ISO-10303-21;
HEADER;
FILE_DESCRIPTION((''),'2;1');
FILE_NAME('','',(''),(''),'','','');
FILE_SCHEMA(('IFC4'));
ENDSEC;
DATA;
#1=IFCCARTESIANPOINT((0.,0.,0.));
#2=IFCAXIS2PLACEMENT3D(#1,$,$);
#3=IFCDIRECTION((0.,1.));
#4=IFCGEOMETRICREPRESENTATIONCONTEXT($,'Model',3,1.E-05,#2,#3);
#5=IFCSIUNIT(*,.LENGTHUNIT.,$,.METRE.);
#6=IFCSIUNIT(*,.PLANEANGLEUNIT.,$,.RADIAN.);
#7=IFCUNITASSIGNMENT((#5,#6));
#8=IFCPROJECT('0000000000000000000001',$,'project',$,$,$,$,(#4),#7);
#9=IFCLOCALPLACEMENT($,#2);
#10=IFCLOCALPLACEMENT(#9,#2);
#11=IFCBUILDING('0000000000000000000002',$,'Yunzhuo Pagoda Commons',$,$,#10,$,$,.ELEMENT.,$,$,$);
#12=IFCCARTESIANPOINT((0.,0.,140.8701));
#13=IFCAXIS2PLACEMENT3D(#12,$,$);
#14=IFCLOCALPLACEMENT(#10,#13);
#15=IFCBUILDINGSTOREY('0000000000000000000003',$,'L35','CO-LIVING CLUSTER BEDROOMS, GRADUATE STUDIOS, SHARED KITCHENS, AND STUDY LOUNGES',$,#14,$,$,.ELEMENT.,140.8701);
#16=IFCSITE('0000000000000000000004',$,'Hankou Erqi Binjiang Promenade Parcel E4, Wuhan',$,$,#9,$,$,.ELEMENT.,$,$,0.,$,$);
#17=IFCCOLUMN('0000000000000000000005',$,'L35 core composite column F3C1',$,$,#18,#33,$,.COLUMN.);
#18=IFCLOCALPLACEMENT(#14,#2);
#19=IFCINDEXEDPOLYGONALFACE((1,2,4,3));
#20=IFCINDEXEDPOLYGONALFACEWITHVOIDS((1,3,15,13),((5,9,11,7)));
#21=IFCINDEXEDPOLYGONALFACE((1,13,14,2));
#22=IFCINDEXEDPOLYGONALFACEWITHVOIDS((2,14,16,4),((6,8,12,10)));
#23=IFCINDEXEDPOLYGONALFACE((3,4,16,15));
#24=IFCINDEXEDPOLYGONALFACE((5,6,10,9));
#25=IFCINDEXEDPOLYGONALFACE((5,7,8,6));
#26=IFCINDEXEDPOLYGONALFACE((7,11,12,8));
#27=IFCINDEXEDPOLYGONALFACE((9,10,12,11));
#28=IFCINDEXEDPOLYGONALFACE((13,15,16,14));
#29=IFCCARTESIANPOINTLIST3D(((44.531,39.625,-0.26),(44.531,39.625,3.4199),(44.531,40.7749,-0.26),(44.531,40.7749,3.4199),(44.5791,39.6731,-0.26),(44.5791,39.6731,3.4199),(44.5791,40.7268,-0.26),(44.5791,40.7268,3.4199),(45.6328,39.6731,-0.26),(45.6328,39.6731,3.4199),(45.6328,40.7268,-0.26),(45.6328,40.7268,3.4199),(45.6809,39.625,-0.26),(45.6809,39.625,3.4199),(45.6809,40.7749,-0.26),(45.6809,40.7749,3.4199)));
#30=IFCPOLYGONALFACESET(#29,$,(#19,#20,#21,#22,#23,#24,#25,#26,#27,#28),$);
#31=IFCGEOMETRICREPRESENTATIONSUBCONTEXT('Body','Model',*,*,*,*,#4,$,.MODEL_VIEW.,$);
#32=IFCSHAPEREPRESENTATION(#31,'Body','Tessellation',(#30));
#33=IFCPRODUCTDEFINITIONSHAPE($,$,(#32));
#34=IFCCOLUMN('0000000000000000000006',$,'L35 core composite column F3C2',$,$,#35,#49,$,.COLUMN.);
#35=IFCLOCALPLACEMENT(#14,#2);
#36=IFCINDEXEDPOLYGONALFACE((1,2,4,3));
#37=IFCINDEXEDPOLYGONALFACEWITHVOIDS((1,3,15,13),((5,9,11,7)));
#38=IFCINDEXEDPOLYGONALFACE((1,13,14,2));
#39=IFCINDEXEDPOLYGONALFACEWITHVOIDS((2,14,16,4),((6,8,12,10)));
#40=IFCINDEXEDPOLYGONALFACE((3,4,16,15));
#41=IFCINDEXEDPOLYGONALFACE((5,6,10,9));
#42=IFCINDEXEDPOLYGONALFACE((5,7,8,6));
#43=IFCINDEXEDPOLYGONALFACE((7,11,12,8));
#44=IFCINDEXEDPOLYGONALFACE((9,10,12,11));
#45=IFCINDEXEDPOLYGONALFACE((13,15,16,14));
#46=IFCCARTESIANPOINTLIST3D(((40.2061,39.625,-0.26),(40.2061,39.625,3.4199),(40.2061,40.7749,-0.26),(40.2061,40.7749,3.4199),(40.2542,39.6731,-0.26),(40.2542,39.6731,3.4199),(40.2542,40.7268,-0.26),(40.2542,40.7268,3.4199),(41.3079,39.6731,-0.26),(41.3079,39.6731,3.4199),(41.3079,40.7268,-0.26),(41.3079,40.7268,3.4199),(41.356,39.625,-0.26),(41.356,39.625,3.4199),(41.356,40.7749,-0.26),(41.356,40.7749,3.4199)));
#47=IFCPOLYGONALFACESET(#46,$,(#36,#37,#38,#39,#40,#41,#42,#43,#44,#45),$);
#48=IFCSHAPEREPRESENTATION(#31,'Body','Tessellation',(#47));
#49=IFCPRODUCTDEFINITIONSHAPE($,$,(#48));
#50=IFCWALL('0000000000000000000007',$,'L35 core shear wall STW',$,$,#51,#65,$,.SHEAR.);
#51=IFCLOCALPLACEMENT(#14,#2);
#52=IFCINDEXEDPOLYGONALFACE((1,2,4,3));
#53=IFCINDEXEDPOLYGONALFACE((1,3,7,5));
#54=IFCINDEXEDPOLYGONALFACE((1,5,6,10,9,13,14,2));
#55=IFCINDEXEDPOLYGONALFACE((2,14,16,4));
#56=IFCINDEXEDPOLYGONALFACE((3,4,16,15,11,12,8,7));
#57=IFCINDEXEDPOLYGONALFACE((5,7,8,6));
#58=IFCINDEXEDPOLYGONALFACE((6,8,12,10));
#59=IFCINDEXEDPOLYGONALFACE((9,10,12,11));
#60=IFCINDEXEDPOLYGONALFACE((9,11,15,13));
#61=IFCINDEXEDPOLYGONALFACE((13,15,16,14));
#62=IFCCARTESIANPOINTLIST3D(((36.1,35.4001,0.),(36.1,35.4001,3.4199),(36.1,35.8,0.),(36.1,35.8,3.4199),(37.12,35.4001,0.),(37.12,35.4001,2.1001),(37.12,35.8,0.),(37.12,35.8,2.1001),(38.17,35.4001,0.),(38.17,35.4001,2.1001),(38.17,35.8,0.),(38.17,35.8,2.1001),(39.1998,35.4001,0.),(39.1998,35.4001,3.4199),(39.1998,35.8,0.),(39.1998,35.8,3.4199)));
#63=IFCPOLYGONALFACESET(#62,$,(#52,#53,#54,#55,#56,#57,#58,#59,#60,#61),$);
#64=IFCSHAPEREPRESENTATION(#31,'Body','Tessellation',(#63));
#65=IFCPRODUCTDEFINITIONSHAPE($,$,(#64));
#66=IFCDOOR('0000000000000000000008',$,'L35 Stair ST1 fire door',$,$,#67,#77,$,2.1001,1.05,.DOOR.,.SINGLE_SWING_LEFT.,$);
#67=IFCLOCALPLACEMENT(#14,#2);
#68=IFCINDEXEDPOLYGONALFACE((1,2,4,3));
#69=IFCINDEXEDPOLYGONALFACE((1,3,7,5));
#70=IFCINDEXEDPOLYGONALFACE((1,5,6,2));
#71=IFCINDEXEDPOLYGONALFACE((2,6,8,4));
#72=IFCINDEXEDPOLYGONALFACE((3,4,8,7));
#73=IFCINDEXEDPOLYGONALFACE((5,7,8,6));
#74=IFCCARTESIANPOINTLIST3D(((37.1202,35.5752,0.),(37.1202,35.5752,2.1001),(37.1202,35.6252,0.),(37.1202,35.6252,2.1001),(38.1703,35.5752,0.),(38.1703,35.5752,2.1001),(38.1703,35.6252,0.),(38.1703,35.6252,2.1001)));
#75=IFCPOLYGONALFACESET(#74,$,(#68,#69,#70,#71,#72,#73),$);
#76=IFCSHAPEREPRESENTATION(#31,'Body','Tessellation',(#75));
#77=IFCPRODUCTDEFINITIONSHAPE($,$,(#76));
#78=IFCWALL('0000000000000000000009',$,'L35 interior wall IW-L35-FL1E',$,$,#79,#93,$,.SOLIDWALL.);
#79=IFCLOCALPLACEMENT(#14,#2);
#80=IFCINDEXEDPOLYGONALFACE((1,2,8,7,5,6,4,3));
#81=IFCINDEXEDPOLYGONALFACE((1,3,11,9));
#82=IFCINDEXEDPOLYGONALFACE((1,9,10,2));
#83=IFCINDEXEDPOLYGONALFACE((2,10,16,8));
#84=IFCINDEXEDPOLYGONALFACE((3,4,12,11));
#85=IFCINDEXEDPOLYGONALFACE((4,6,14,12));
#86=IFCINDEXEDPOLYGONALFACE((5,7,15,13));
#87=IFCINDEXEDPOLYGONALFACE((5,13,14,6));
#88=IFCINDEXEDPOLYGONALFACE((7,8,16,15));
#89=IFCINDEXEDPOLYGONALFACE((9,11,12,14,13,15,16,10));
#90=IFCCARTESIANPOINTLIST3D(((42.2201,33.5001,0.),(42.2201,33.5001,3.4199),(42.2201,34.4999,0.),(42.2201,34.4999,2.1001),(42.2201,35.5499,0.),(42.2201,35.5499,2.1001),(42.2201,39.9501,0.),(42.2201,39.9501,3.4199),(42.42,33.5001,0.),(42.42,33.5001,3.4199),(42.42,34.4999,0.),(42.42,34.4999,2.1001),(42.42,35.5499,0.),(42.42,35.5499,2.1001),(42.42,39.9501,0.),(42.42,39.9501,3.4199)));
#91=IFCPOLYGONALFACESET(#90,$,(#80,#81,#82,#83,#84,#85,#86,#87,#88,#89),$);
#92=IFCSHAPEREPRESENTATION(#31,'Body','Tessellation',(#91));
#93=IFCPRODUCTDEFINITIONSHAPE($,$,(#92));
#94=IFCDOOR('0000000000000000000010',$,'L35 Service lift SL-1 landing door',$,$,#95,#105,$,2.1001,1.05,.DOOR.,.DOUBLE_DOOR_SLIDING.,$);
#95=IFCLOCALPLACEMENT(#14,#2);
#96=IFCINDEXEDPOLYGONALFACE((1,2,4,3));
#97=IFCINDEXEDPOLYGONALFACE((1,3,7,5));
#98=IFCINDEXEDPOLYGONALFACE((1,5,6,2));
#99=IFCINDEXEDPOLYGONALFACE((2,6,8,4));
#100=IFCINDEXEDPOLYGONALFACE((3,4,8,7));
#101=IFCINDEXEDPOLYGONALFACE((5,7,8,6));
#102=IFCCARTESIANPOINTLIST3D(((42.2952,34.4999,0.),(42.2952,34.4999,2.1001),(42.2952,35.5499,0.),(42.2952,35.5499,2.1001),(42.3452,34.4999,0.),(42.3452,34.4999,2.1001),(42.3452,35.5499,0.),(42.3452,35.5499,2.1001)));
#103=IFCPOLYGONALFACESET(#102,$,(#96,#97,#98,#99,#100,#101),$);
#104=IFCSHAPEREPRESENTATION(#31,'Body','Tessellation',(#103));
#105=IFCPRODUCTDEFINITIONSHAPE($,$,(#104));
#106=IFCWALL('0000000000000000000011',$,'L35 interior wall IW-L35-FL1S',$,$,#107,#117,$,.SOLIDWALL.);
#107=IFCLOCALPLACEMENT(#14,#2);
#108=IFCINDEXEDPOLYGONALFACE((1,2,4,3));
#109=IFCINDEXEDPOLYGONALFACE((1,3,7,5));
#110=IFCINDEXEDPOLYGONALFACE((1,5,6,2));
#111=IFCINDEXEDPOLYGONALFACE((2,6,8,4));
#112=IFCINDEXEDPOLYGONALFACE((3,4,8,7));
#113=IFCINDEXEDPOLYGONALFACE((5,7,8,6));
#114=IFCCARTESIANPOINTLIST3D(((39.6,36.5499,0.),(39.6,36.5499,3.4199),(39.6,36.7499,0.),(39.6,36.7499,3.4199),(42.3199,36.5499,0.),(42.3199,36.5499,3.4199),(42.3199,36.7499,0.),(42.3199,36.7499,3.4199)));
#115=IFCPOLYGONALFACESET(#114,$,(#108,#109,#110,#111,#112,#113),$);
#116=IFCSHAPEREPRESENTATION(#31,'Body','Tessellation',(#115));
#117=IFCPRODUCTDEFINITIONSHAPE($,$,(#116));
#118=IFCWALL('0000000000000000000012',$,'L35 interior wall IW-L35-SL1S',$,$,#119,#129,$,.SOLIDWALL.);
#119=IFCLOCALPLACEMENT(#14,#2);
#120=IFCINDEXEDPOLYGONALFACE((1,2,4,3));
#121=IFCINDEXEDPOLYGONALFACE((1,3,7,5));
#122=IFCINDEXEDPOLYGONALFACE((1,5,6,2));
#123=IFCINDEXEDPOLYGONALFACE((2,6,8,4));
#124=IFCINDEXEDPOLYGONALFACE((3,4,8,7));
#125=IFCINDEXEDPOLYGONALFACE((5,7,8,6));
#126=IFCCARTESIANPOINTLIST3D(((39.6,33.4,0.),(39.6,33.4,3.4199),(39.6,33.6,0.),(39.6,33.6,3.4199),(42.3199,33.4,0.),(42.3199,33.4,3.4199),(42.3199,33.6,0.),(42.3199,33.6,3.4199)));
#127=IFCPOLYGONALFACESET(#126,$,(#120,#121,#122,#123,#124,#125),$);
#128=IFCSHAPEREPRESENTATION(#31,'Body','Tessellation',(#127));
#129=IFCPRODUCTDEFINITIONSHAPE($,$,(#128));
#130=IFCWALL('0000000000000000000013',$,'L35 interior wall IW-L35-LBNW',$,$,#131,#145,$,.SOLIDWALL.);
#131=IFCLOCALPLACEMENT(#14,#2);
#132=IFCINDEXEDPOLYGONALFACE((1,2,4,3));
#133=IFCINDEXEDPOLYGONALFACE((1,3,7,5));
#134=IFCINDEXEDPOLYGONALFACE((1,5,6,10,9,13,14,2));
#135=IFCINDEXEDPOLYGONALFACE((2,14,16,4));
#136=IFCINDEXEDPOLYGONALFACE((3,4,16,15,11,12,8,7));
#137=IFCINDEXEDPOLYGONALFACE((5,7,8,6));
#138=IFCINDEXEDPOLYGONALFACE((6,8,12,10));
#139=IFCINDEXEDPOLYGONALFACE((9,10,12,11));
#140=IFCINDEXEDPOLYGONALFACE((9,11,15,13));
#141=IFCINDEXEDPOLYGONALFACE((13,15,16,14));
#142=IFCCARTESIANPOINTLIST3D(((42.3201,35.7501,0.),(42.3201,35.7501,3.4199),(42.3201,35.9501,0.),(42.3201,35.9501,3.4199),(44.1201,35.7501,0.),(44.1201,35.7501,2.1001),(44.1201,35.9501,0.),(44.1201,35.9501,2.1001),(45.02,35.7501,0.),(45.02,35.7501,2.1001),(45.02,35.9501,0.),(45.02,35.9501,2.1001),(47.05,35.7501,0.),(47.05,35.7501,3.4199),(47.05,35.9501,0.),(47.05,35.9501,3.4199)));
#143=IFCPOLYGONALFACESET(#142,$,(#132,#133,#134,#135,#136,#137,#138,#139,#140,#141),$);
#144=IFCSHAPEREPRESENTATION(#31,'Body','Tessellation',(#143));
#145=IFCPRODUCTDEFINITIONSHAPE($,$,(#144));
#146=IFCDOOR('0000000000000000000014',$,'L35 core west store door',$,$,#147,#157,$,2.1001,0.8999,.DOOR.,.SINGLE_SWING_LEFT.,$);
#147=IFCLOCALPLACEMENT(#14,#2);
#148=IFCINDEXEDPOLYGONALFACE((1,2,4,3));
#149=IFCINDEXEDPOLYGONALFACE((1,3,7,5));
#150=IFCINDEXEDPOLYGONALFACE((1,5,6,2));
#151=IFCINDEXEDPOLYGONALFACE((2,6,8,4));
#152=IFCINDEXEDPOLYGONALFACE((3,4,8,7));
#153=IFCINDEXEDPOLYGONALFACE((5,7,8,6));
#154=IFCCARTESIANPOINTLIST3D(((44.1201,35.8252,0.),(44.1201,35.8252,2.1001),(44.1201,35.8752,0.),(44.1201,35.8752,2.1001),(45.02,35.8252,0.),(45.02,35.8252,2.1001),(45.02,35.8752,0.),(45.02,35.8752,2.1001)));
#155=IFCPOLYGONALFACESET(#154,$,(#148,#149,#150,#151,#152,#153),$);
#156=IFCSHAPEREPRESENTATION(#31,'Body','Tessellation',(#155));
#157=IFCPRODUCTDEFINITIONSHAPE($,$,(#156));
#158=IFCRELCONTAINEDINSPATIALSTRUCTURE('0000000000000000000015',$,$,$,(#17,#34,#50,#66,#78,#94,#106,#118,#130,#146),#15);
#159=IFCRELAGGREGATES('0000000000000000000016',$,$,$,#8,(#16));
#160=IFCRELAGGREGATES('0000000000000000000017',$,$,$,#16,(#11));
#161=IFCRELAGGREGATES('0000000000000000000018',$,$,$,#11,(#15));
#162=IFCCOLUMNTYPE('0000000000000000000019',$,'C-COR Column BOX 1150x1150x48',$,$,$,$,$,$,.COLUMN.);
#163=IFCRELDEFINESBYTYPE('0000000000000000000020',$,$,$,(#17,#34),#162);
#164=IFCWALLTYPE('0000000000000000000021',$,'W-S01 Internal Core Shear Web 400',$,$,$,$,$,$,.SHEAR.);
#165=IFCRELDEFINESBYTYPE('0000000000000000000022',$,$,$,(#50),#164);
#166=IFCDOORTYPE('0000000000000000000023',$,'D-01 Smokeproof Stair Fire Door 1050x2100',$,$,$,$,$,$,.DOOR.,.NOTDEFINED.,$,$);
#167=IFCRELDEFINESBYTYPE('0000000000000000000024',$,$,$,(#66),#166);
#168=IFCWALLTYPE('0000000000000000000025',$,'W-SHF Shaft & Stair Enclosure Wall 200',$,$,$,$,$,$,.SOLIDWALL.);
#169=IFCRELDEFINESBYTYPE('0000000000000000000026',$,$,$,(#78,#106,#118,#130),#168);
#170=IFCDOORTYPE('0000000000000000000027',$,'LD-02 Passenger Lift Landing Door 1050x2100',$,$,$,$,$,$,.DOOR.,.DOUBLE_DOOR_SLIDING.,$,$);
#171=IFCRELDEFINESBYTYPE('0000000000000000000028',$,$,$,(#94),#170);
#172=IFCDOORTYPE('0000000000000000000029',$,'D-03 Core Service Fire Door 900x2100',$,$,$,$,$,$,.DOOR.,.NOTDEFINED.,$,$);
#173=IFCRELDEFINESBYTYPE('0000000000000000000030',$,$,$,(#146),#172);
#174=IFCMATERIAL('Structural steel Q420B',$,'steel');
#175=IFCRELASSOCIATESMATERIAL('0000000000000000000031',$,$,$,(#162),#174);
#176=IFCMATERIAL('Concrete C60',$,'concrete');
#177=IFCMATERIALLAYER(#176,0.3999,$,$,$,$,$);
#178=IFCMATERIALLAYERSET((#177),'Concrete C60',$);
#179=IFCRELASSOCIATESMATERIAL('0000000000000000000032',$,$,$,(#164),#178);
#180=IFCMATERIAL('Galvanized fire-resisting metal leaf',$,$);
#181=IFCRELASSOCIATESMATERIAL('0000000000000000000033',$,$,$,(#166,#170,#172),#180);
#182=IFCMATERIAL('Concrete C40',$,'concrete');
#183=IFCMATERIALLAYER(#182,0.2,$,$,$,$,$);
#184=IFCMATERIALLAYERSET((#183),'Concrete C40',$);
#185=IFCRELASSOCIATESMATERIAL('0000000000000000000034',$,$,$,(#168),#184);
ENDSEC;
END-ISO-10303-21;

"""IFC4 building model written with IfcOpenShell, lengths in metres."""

from ifc_helpers import new_model, si_unit, direction, frame, frame_2d, origin, origin_with_axes, origin_2d, place, context, subcontext, project, spatial, rectangle, hollow_rectangle, extrude, source, transform, mapped, material, layer, layer_set, material_profile, profile_set, type_object, element, fill, save


model = new_model("IFC4")

# Units and contexts
model_context = context("Model", 3, precision=1e-05, world=origin(), true_north=direction((0.0, 1.0)))
body_context = subcontext(model_context, "Body", "Model", "MODEL_VIEW")
ifc_project = project(units=[si_unit("LENGTHUNIT", "METRE"), si_unit("PLANEANGLEUNIT", "RADIAN")], contexts=[model_context])

# Site, building, storey
site_placement = place(None, origin())
site = spatial("IfcSite", under=ifc_project, at=site_placement, Name="Hankou Erqi Binjiang Promenade Parcel E4, Wuhan", CompositionType="ELEMENT", RefElevation=0.0)
building_placement = place(site_placement, origin())
building = spatial("IfcBuilding", under=site, at=building_placement, Name="Yunzhuo Pagoda Commons", CompositionType="ELEMENT")
storey_placement = place(building_placement, frame((0.0, 0.0, 140.8701)))
storey = spatial("IfcBuildingStorey", under=building, at=storey_placement, Name="L35", Description="CO-LIVING CLUSTER BEDROOMS, GRADUATE STUDIOS, SHARED KITCHENS, AND STUDY LOUNGES", CompositionType="ELEMENT", Elevation=140.8701)

# Columns
ifc_material_1 = material(Name="Structural steel Q420B", Category="steel")
ifc_material_profile = material_profile(ifc_material_1, hollow_rectangle(XDim=1.1499, YDim=1.1499, WallThickness=0.0481, at=origin_2d()), Name="Structural steel Q420B")
ifc_profile_set = profile_set([ifc_material_profile], Name="Structural steel Q420B")
column_type = type_object("IfcColumnType", Name="C-COR Column BOX 1150x1150x48", PredefinedType="COLUMN", material=ifc_profile_set)
shared_shape_1 = source(origin(), body_context, "Body", "SweptSolid", [
    extrude(hollow_rectangle(XDim=1.1499, YDim=1.1499, WallThickness=0.0481, at=origin_2d()), origin(), (0.0, 0.0, 1.0), 3.6799),
])
for number, where, z_axis, x_axis, name in (
    (1, (45.106, 40.2, -0.26), (0.0, 0.0, 1.0), (1.0, 0.0, 0.0), "L35 core composite column F3C1"),
    (2, (40.781, 40.2, -0.26), (0.0, 0.0, 1.0), (1.0, 0.0, 0.0), "L35 core composite column F3C2"),
):
    element("IfcColumn", number, at=place(storey_placement, frame(where, z_axis=z_axis, x_axis=x_axis)), inside=storey, type_object=column_type, Name=name, PredefinedType="COLUMN", context=body_context, shape_type="MappedRepresentation", body=[
        mapped(shared_shape_1, transform((0.0, 0.0, 0.0), scale=1.0)),
    ])

# Walls, openings, doors
ifc_material_2 = material(Name="Concrete C60", Category="concrete")
ifc_layer_1 = layer(ifc_material_2, 0.3999)
ifc_layer_set_1 = layer_set([ifc_layer_1], Name="Concrete C60")
wall_type_1 = type_object("IfcWallType", Name="W-S01 Internal Core Shear Web 400", PredefinedType="SHEAR", material=ifc_layer_set_1)
wall_1_placement = place(storey_placement, frame((36.1001, 35.6001, 0.0), z_axis=(0.0, 0.0, 1.0), x_axis=(1.0, 0.0, 0.0)))
wall_1 = element("IfcWall", 3, at=wall_1_placement, inside=storey, type_object=wall_type_1, Name="L35 core shear wall STW", PredefinedType="SHEAR", context=body_context, shape_type="SweptSolid", body=[
    extrude(rectangle(XDim=3.0999, YDim=0.3999, at=frame_2d((1.5498, 0.0))), origin(), (0.0, 0.0, 1.0), 3.4199),
])
opening_1_placement = place(wall_1_placement, frame((1.02, 0.0, 0.0)))
opening_1 = element("IfcOpeningElement", 4, at=opening_1_placement, cuts=wall_1, PredefinedType="OPENING", context=body_context, shape_type="SweptSolid", body=[
    extrude(rectangle(XDim=1.05, YDim=2.1001, at=frame_2d((0.5249, 1.05))), frame((0.0, 0.21, 0.0), z_axis=(0.0, -1.0, 0.0), x_axis=(1.0, 0.0, 0.0)), (0.0, 0.0, 1.0), 0.4199),
])
ifc_material_3 = material(Name="Galvanized fire-resisting metal leaf")
door_type_1 = type_object("IfcDoorType", Name="D-01 Smokeproof Stair Fire Door 1050x2100", OperationType="NOTDEFINED", PredefinedType="DOOR", material=ifc_material_3)
shared_shape_2 = source(origin(), body_context, "Body", "SweptSolid", [
    extrude(rectangle(XDim=1.05, YDim=2.1001, at=frame_2d((0.5249, 1.05))), frame((0.0, 0.0249, 0.0), z_axis=(0.0, -1.0, 0.0), x_axis=(1.0, 0.0, 0.0)), (0.0, 0.0, 1.0), 0.05),
])
door_1_placement = place(opening_1_placement, frame((1.05, 0.0, 0.0), z_axis=(0.0, 0.0, 1.0), x_axis=(-1.0, 0.0, 0.0)))
door_1 = element("IfcDoor", 5, at=door_1_placement, inside=storey, type_object=door_type_1, Name="L35 Stair ST1 fire door", OperationType="SINGLE_SWING_LEFT", OverallHeight=2.1001, OverallWidth=1.05, PredefinedType="DOOR", context=body_context, shape_type="MappedRepresentation", body=[
    mapped(shared_shape_2, transform((0.0, 0.0, 0.0), scale=1.0)),
])
fill(opening_1, door_1)
ifc_material_4 = material(Name="Concrete C40", Category="concrete")
ifc_layer_2 = layer(ifc_material_4, 0.2)
ifc_layer_set_2 = layer_set([ifc_layer_2], Name="Concrete C40")
wall_type_2 = type_object("IfcWallType", Name="W-SHF Shaft & Stair Enclosure Wall 200", PredefinedType="SOLIDWALL", material=ifc_layer_set_2)
wall_2_placement = place(storey_placement, frame((42.3201, 33.5, 0.0), z_axis=(0.0, 0.0, 1.0), x_axis=(0.0, 1.0, 0.0)))
wall_2 = element("IfcWall", 6, at=wall_2_placement, inside=storey, type_object=wall_type_2, Name="L35 interior wall IW-L35-FL1E", PredefinedType="SOLIDWALL", context=body_context, shape_type="SweptSolid", body=[
    extrude(rectangle(XDim=6.45, YDim=0.2, at=frame_2d((3.2251, 0.0))), origin(), (0.0, 0.0, 1.0), 3.4199),
])
opening_2_placement = place(wall_2_placement, frame((1.0, 0.0, 0.0)))
opening_2 = element("IfcOpeningElement", 7, at=opening_2_placement, cuts=wall_2, PredefinedType="OPENING", context=body_context, shape_type="SweptSolid", body=[
    extrude(rectangle(XDim=1.05, YDim=2.1001, at=frame_2d((0.5249, 1.05))), frame((0.0, 0.1099, 0.0), z_axis=(0.0, -1.0, 0.0), x_axis=(1.0, 0.0, 0.0)), (0.0, 0.0, 1.0), 0.22),
])
door_type_2 = type_object("IfcDoorType", Name="LD-02 Passenger Lift Landing Door 1050x2100", OperationType="DOUBLE_DOOR_SLIDING", PredefinedType="DOOR", material=ifc_material_3)
door_2_placement = place(opening_2_placement, origin_with_axes())
door_2 = element("IfcDoor", 8, at=door_2_placement, inside=storey, type_object=door_type_2, Name="L35 Service lift SL-1 landing door", OperationType="DOUBLE_DOOR_SLIDING", OverallHeight=2.1001, OverallWidth=1.05, PredefinedType="DOOR", context=body_context, shape_type="MappedRepresentation", body=[
    mapped(shared_shape_2, transform((0.0, 0.0, 0.0), scale=1.0)),
])
fill(opening_2, door_2)

# Walls
for number, where, z_axis, x_axis, name in (
    (9, (39.6001, 36.6499, 0.0), (0.0, 0.0, 1.0), (1.0, 0.0, 0.0), "L35 interior wall IW-L35-FL1S"),
    (10, (39.6001, 33.5, 0.0), (0.0, 0.0, 1.0), (1.0, 0.0, 0.0), "L35 interior wall IW-L35-SL1S"),
):
    element("IfcWall", number, at=place(storey_placement, frame(where, z_axis=z_axis, x_axis=x_axis)), inside=storey, type_object=wall_type_2, Name=name, PredefinedType="SOLIDWALL", context=body_context, shape_type="SweptSolid", body=[
        extrude(rectangle(XDim=2.72, YDim=0.2, at=frame_2d((1.3599, 0.0))), origin(), (0.0, 0.0, 1.0), 3.4199),
    ])

# Wall, opening, door
wall_3_placement = place(storey_placement, frame((42.3201, 35.8501, 0.0), z_axis=(0.0, 0.0, 1.0), x_axis=(1.0, 0.0, 0.0)))
wall_3 = element("IfcWall", 11, at=wall_3_placement, inside=storey, type_object=wall_type_2, Name="L35 interior wall IW-L35-LBNW", PredefinedType="SOLIDWALL", context=body_context, shape_type="SweptSolid", body=[
    extrude(rectangle(XDim=4.73, YDim=0.2, at=frame_2d((2.365, 0.0))), origin(), (0.0, 0.0, 1.0), 3.4199),
])
opening_3_placement = place(wall_3_placement, frame((1.8, 0.0, 0.0)))
opening_3 = element("IfcOpeningElement", 12, at=opening_3_placement, cuts=wall_3, PredefinedType="OPENING", context=body_context, shape_type="SweptSolid", body=[
    extrude(rectangle(XDim=0.8999, YDim=2.1001, at=frame_2d((0.45, 1.05))), frame((0.0, 0.1099, 0.0), z_axis=(0.0, -1.0, 0.0), x_axis=(1.0, 0.0, 0.0)), (0.0, 0.0, 1.0), 0.22),
])
door_type_3 = type_object("IfcDoorType", Name="D-03 Core Service Fire Door 900x2100", OperationType="NOTDEFINED", PredefinedType="DOOR", material=ifc_material_3)
shared_shape_3 = source(origin(), body_context, "Body", "SweptSolid", [
    extrude(rectangle(XDim=0.8999, YDim=2.1001, at=frame_2d((0.45, 1.05))), frame((0.0, 0.0249, 0.0), z_axis=(0.0, -1.0, 0.0), x_axis=(1.0, 0.0, 0.0)), (0.0, 0.0, 1.0), 0.05),
])
door_3_placement = place(opening_3_placement, frame((0.8999, 0.0, 0.0), z_axis=(0.0, 0.0, 1.0), x_axis=(-1.0, 0.0, 0.0)))
door_3 = element("IfcDoor", 13, at=door_3_placement, inside=storey, type_object=door_type_3, Name="L35 core west store door", OperationType="SINGLE_SWING_LEFT", OverallHeight=2.1001, OverallWidth=0.8999, PredefinedType="DOOR", context=body_context, shape_type="MappedRepresentation", body=[
    mapped(shared_shape_3, transform((0.0, 0.0, 0.0), scale=1.0)),
])
fill(opening_3, door_3)

save(model, "model.ifc")
